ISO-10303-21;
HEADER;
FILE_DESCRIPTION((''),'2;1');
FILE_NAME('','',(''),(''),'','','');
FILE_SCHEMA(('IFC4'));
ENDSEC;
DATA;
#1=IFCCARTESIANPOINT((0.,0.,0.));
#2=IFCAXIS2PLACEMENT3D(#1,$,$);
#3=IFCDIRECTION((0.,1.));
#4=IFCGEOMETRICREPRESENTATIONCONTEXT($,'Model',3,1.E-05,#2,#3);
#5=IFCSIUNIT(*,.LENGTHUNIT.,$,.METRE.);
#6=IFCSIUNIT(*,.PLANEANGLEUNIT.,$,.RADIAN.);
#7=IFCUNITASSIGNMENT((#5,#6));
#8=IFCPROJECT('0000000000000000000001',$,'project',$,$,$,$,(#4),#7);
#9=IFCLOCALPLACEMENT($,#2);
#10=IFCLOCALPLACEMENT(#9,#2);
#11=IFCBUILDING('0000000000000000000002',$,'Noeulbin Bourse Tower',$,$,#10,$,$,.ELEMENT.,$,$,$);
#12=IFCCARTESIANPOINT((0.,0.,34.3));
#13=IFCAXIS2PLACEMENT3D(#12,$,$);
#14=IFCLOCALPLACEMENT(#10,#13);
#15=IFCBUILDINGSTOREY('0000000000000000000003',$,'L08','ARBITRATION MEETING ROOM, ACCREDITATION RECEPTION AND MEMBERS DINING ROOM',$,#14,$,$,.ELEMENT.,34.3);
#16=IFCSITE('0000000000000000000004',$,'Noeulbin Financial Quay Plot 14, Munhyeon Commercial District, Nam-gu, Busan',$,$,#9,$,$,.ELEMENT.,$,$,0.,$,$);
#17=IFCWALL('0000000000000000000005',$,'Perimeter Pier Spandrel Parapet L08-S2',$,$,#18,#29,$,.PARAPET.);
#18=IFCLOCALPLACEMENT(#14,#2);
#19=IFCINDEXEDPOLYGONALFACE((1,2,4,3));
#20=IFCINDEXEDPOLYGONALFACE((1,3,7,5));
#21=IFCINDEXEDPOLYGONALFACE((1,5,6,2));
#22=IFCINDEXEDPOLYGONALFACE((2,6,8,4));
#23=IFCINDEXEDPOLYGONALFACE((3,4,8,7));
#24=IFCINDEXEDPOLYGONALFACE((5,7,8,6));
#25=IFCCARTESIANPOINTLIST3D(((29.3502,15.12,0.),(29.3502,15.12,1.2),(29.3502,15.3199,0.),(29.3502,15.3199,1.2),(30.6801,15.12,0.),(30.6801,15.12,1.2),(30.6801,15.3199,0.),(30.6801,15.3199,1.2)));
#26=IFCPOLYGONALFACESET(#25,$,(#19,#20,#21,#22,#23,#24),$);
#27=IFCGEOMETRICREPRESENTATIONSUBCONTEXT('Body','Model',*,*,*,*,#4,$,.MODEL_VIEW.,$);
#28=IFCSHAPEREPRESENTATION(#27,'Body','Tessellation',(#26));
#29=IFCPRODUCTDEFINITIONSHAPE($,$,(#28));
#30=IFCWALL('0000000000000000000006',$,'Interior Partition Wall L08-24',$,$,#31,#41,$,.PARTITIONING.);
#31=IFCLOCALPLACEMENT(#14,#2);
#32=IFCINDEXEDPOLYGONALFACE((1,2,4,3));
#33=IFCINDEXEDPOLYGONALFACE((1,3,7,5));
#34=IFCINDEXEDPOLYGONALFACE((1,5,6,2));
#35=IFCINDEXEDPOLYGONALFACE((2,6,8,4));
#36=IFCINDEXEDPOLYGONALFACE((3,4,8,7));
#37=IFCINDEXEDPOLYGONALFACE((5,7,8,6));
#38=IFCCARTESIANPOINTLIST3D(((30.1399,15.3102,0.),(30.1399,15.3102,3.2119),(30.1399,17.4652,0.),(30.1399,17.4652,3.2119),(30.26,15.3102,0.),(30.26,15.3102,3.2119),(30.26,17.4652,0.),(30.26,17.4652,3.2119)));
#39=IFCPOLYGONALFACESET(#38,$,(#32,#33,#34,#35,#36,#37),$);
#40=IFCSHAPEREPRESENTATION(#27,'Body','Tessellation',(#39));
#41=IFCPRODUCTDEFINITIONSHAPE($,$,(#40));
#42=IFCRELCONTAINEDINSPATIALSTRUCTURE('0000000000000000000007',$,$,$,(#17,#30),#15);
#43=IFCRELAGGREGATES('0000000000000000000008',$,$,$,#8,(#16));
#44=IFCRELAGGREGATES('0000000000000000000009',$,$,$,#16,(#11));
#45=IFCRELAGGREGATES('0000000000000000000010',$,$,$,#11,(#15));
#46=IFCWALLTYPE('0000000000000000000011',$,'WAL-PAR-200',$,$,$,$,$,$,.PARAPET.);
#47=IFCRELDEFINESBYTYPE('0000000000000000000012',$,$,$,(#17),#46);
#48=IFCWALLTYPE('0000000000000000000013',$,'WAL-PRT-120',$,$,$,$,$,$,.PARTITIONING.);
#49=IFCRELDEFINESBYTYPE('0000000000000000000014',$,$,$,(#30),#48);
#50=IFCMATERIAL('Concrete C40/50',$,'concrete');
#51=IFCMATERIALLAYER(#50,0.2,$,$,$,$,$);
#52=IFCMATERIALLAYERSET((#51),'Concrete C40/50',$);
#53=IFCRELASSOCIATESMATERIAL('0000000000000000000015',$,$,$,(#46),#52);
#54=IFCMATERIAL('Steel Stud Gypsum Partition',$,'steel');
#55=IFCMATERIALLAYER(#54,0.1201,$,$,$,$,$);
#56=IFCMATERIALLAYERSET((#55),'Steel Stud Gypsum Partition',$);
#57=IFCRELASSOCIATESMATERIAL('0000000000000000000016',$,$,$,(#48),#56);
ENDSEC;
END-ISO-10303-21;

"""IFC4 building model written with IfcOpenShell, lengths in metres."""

from ifc_helpers import new_model, si_unit, direction, frame, frame_2d, origin, place, context, subcontext, project, spatial, rectangle, extrude, material, layer, layer_set, type_object, element, save


model = new_model("IFC4")

# Units and contexts
model_context = context("Model", 3, precision=1e-05, world=origin(), true_north=direction((0.0, 1.0)))
body_context = subcontext(model_context, "Body", "Model", "MODEL_VIEW")
ifc_project = project(units=[si_unit("LENGTHUNIT", "METRE"), si_unit("PLANEANGLEUNIT", "RADIAN")], contexts=[model_context])

# Site, building, storey
site_placement = place(None, origin())
site = spatial("IfcSite", under=ifc_project, at=site_placement, Name="Noeulbin Financial Quay Plot 14, Munhyeon Commercial District, Nam-gu, Busan", CompositionType="ELEMENT", RefElevation=0.0)
building_placement = place(site_placement, origin())
building = spatial("IfcBuilding", under=site, at=building_placement, Name="Noeulbin Bourse Tower", CompositionType="ELEMENT")
storey_placement = place(building_placement, frame((0.0, 0.0, 34.3)))
storey = spatial("IfcBuildingStorey", under=building, at=storey_placement, Name="L08", Description="ARBITRATION MEETING ROOM, ACCREDITATION RECEPTION AND MEMBERS DINING ROOM", CompositionType="ELEMENT", Elevation=34.3)

# Walls
ifc_material_1 = material(Name="Concrete C40/50", Category="concrete")
ifc_layer_1 = layer(ifc_material_1, 0.2)
ifc_layer_set_1 = layer_set([ifc_layer_1], Name="Concrete C40/50")
wall_type_1 = type_object("IfcWallType", Name="WAL-PAR-200", PredefinedType="PARAPET", material=ifc_layer_set_1)
wall_1_placement = place(storey_placement, frame((29.3501, 15.22, 0.0), z_axis=(0.0, 0.0, 1.0), x_axis=(1.0, 0.0, 0.0)))
element("IfcWall", 1, at=wall_1_placement, inside=storey, type_object=wall_type_1, Name="Perimeter Pier Spandrel Parapet L08-S2", PredefinedType="PARAPET", context=body_context, shape_type="SweptSolid", body=[
    extrude(rectangle(XDim=1.3298, YDim=0.2, at=frame_2d((0.665, 0.0))), origin(), (0.0, 0.0, 1.0), 1.2),
])
ifc_material_2 = material(Name="Steel Stud Gypsum Partition", Category="steel")
ifc_layer_2 = layer(ifc_material_2, 0.1201)
ifc_layer_set_2 = layer_set([ifc_layer_2], Name="Steel Stud Gypsum Partition")
wall_type_2 = type_object("IfcWallType", Name="WAL-PRT-120", PredefinedType="PARTITIONING", material=ifc_layer_set_2)
wall_2_placement = place(storey_placement, frame((30.2, 15.3101, 0.0), z_axis=(0.0, 0.0, 1.0), x_axis=(0.0, 1.0, 0.0)))
element("IfcWall", 2, at=wall_2_placement, inside=storey, type_object=wall_type_2, Name="Interior Partition Wall L08-24", PredefinedType="PARTITIONING", context=body_context, shape_type="SweptSolid", body=[
    extrude(rectangle(XDim=2.155, YDim=0.1201, at=frame_2d((1.0776, 0.0))), origin(), (0.0, 0.0, 1.0), 3.2119),
])

save(model, "model.ifc")
